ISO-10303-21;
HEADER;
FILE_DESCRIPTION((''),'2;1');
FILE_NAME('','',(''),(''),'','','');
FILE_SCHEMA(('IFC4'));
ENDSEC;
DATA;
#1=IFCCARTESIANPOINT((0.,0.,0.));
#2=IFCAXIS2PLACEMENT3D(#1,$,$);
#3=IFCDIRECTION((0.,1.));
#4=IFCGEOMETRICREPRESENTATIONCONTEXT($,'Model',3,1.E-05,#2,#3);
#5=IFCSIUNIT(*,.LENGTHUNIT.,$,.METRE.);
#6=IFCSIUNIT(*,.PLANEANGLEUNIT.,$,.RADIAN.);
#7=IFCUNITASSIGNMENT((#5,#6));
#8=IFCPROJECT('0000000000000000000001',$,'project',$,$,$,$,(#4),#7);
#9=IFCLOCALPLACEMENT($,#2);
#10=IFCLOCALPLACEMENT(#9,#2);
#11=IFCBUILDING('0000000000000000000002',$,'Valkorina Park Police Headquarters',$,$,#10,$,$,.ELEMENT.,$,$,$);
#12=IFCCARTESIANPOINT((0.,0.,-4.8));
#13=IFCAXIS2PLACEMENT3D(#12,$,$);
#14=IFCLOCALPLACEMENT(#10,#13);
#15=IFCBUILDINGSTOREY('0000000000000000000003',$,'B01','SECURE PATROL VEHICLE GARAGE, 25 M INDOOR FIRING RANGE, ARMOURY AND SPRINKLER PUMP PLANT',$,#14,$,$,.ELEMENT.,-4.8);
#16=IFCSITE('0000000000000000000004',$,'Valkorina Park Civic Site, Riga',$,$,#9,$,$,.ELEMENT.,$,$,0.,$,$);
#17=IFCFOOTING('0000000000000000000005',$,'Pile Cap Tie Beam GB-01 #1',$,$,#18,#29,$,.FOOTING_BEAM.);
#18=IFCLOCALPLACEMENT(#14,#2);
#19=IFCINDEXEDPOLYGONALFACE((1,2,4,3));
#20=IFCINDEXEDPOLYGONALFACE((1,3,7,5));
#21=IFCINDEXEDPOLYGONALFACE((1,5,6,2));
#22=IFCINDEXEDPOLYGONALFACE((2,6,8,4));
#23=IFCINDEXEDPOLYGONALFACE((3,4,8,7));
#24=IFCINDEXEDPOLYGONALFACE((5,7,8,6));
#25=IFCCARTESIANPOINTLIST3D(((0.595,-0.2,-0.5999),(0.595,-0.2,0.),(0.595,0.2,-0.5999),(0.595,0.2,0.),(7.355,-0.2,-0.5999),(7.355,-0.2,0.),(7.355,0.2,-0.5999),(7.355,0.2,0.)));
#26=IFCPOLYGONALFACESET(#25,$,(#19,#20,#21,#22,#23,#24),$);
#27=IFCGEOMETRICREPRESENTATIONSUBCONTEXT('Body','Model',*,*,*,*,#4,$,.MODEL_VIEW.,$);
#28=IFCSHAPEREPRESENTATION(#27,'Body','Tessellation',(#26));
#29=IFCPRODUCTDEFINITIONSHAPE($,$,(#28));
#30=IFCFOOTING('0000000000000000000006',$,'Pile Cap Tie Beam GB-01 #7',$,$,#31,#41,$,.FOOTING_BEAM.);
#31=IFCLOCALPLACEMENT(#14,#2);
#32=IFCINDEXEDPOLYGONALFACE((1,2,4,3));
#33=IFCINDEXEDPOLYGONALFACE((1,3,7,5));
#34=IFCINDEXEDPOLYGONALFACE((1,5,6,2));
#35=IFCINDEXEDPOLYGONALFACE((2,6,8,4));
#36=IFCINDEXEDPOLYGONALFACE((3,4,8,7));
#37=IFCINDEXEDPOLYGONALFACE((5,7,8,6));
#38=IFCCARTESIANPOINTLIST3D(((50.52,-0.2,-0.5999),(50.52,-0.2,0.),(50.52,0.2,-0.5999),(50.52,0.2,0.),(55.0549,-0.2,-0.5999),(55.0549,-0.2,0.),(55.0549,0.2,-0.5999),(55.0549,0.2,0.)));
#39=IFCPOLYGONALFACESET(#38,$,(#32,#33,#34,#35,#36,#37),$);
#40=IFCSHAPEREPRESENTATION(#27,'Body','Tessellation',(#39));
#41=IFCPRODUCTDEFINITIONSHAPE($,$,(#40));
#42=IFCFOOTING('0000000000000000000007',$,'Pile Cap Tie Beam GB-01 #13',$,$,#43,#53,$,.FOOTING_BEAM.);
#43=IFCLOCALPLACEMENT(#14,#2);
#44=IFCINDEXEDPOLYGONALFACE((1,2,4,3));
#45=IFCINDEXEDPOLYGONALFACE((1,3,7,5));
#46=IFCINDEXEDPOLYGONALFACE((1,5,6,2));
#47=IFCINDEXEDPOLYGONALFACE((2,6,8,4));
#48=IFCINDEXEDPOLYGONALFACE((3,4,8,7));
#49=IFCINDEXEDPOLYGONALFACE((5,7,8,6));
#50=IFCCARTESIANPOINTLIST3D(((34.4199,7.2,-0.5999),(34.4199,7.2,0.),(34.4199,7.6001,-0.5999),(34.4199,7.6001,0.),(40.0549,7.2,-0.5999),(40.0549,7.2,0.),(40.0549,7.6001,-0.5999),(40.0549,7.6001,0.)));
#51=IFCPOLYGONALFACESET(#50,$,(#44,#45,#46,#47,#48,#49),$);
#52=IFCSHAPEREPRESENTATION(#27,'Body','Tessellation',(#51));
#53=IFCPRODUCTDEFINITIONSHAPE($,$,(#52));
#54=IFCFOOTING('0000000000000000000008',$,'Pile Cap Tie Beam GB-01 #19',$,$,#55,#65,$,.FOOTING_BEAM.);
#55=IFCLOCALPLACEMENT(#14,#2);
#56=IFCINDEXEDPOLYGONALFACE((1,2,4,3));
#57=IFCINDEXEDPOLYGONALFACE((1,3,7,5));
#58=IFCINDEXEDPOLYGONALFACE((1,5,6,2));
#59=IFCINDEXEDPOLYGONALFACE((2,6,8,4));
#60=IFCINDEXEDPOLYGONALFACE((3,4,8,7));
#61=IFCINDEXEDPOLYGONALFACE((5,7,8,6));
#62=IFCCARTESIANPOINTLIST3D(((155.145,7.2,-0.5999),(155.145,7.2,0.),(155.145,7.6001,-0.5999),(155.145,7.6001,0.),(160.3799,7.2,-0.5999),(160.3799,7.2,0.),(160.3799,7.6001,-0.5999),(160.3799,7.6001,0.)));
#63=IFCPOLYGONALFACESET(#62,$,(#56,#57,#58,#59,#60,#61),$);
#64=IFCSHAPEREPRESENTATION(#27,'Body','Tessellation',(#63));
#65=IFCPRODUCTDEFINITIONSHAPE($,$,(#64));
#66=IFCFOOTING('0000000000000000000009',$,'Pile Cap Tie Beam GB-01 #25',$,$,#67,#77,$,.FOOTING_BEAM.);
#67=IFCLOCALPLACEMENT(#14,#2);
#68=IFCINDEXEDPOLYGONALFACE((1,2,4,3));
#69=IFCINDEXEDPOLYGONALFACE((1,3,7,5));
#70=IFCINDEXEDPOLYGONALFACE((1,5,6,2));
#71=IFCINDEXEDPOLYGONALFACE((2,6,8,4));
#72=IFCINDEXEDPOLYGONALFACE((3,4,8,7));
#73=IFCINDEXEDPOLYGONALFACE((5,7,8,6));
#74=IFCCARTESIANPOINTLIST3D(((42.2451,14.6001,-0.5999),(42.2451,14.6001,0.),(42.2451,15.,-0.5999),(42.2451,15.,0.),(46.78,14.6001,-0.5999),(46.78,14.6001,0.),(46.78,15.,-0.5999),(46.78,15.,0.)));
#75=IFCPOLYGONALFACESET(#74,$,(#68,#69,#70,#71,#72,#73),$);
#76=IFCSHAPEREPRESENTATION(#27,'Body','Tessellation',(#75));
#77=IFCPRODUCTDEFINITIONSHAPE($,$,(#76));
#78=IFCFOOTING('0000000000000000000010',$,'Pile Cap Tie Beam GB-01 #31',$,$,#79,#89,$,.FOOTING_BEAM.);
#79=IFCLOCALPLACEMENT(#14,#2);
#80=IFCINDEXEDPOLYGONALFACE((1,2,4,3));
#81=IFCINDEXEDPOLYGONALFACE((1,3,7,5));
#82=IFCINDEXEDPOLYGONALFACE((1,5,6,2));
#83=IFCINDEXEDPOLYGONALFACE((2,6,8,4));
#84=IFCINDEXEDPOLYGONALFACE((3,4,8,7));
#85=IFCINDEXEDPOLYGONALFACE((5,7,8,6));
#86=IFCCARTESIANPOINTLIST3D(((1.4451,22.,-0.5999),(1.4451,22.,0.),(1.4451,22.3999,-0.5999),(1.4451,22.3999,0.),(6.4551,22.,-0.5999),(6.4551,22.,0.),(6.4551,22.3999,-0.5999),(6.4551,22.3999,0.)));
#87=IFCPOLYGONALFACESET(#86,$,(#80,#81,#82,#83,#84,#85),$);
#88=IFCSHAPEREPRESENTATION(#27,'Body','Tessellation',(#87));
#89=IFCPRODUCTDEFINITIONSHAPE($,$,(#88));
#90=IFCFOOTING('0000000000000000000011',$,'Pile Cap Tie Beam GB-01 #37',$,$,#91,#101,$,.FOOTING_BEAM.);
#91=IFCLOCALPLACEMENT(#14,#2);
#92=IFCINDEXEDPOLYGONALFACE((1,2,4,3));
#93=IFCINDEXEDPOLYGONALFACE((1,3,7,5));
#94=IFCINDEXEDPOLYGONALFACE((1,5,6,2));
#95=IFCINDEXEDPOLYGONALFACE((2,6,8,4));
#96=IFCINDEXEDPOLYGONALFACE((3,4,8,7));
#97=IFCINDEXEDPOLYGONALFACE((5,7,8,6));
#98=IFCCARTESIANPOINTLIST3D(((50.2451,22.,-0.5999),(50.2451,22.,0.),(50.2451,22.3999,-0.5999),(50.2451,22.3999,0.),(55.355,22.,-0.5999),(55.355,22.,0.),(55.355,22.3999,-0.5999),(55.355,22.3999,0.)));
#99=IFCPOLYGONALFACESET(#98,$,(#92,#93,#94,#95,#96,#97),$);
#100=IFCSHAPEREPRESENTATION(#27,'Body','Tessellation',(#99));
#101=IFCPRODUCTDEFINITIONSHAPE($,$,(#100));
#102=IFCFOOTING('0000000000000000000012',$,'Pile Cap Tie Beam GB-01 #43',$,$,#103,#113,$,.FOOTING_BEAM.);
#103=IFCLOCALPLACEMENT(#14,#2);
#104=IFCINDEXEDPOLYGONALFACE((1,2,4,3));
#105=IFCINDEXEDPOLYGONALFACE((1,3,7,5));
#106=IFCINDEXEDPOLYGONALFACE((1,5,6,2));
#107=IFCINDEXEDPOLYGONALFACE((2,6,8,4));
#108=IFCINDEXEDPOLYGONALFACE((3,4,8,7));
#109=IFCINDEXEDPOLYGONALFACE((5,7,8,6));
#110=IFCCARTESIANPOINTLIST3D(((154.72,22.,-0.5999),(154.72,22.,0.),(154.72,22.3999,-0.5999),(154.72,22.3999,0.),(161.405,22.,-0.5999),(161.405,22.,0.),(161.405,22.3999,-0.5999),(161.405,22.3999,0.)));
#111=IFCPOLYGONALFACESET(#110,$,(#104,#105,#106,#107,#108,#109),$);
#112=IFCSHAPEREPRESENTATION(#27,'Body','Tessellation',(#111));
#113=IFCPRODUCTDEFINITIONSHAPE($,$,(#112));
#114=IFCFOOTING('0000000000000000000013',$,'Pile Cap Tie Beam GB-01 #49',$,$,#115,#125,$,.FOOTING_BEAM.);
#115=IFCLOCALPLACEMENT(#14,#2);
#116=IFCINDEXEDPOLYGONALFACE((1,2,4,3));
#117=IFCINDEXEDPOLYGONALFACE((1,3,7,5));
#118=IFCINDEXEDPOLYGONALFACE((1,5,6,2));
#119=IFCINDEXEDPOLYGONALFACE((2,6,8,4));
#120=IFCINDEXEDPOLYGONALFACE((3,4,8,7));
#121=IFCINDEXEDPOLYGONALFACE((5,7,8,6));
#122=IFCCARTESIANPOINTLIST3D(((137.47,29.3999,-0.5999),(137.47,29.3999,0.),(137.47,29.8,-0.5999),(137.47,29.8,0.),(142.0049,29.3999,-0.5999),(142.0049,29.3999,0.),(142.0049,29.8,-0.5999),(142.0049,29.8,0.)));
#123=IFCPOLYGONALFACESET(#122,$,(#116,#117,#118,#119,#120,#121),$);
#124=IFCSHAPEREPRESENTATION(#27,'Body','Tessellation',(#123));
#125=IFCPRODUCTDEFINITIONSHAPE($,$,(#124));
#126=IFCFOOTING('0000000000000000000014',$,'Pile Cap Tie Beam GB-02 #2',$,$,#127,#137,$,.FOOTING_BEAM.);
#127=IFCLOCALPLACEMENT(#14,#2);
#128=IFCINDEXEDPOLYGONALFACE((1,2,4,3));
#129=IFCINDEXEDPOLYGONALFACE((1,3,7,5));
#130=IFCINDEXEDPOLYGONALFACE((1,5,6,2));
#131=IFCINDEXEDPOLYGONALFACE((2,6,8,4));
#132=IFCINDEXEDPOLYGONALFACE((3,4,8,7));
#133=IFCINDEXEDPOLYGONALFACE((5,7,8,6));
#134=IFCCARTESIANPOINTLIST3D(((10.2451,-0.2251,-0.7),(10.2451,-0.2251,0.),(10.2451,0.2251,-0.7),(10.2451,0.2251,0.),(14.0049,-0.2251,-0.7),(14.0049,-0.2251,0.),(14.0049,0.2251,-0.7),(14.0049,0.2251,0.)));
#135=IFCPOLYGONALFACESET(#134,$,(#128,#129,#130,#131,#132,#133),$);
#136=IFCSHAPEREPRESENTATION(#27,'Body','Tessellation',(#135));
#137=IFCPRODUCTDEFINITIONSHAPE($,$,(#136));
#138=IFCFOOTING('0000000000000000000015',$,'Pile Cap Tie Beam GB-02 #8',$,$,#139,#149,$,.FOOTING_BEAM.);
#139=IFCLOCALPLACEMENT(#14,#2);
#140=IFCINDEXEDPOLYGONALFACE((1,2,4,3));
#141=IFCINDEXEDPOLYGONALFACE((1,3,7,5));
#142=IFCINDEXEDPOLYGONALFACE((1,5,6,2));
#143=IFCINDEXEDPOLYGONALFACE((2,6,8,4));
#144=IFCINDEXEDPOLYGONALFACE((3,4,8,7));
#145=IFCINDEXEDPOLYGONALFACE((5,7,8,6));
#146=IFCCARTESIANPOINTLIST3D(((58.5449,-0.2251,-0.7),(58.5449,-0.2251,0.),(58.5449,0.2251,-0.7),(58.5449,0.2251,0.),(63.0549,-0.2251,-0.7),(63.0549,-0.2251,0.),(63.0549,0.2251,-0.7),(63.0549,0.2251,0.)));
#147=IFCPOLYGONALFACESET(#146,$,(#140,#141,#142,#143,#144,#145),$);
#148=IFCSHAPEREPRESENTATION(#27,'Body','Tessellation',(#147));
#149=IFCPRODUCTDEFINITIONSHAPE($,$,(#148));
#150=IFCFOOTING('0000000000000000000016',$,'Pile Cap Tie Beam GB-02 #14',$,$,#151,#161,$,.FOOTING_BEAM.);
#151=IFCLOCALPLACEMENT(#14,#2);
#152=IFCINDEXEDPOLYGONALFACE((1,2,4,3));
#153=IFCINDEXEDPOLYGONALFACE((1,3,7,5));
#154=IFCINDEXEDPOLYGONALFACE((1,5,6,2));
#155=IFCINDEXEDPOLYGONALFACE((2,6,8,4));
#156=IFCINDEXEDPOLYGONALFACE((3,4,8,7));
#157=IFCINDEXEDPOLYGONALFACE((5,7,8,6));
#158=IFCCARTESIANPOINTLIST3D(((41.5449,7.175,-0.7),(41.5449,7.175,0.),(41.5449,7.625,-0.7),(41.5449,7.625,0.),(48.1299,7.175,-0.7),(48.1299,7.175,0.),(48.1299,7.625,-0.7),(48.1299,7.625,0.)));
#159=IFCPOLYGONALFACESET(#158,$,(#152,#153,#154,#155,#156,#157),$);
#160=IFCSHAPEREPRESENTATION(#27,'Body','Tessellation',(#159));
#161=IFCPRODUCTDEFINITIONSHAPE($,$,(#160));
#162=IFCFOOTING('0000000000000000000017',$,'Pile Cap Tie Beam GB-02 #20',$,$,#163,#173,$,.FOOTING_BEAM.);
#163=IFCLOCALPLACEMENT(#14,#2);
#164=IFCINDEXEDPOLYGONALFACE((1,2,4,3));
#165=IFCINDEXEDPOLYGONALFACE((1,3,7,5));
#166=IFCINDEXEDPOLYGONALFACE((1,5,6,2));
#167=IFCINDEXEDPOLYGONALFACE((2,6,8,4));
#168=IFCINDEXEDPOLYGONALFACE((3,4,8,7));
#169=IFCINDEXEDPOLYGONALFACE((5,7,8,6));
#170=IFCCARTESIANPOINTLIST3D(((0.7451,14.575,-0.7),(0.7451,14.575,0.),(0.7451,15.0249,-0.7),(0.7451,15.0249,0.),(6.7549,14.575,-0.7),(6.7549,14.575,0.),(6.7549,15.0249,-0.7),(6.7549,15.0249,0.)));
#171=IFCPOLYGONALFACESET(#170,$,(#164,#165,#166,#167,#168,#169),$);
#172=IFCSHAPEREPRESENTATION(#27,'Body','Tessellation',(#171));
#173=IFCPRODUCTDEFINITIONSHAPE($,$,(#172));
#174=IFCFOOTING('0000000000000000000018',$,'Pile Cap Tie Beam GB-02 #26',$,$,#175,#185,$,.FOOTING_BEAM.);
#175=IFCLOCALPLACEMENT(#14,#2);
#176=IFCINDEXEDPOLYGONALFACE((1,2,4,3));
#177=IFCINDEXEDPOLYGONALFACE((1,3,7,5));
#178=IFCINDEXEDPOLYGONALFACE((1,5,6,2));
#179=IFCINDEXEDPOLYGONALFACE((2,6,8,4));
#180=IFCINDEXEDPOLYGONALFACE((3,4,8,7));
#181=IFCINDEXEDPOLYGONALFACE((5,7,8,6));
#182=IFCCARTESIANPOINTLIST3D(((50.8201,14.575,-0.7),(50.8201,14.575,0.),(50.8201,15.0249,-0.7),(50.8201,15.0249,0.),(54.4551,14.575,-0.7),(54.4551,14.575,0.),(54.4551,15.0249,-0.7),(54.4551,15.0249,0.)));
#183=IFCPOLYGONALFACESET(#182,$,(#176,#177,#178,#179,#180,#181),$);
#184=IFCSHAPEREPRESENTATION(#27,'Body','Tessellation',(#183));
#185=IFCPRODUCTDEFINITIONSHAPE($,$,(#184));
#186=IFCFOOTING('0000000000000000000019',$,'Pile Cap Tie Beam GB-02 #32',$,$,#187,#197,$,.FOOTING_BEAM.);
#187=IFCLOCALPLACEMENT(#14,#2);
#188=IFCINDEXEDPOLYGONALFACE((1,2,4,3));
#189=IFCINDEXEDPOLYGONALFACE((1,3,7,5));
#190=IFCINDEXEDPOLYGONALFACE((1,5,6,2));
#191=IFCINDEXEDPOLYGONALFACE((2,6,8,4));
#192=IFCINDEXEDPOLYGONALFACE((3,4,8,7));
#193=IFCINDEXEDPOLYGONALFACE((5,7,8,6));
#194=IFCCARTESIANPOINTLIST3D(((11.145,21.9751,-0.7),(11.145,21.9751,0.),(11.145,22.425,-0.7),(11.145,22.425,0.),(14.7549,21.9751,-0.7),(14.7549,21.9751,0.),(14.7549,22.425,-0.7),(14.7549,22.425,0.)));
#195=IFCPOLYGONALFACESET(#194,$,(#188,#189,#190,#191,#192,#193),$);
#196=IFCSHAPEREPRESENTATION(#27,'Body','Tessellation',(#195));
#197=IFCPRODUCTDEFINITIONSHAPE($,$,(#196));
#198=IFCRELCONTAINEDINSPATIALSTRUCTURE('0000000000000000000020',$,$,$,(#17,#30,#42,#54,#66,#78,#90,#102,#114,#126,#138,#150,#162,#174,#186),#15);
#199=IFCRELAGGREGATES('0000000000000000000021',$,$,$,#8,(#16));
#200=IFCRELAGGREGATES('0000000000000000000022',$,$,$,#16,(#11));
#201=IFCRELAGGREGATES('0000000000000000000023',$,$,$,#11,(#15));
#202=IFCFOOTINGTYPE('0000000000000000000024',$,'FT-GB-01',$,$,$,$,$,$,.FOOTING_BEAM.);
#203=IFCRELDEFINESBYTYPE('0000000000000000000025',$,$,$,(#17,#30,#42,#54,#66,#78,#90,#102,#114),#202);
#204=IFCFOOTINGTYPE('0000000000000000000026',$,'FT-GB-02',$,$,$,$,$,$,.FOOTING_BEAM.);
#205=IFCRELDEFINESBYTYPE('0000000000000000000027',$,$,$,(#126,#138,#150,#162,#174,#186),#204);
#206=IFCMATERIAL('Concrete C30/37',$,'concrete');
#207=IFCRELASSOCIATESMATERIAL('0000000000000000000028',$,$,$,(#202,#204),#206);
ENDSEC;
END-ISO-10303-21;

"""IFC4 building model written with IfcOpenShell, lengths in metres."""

from ifc_helpers import new_model, si_unit, direction, frame, origin, origin_2d, place, context, subcontext, project, spatial, polyline, rectangle, outline, extrude, material, material_profile, profile_set, type_object, element, save


model = new_model("IFC4")

# Units and contexts
model_context = context("Model", 3, precision=1e-05, world=origin(), true_north=direction((0.0, 1.0)))
body_context = subcontext(model_context, "Body", "Model", "MODEL_VIEW")
ifc_project = project(units=[si_unit("LENGTHUNIT", "METRE"), si_unit("PLANEANGLEUNIT", "RADIAN")], contexts=[model_context])

# Site, building, storey
site_placement = place(None, origin())
site = spatial("IfcSite", under=ifc_project, at=site_placement, Name="Valkorina Park Civic Site, Riga", CompositionType="ELEMENT", RefElevation=0.0)
building_placement = place(site_placement, origin())
building = spatial("IfcBuilding", under=site, at=building_placement, Name="Valkorina Park Police Headquarters", CompositionType="ELEMENT")
storey_placement = place(building_placement, frame((0.0, 0.0, -4.8)))
storey = spatial("IfcBuildingStorey", under=building, at=storey_placement, Name="B01", Description="SECURE PATROL VEHICLE GARAGE, 25 M INDOOR FIRING RANGE, ARMOURY AND SPRINKLER PUMP PLANT", CompositionType="ELEMENT", Elevation=-4.8)

# Footings
ifc_material_1 = material(Name="Concrete C30/37", Category="concrete")
ifc_material_profile_1 = material_profile(ifc_material_1, rectangle(XDim=0.3999, YDim=0.6001, at=origin_2d()), Name="GB 400x600")
ifc_profile_set_1 = profile_set([ifc_material_profile_1], Name="Concrete C30/37")
footing_type_1 = type_object("IfcFootingType", Name="FT-GB-01", PredefinedType="FOOTING_BEAM", material=ifc_profile_set_1)
footing_1_placement = place(storey_placement, frame((0.0, 0.0, -0.5999)))
element("IfcFooting", 1, at=footing_1_placement, inside=storey, type_object=footing_type_1, Name="Pile Cap Tie Beam GB-01 #1", PredefinedType="FOOTING_BEAM", context=body_context, shape_type="SweptSolid", body=[
    extrude(outline(polyline([(7.355, -0.2), (7.355, 0.2), (0.595, 0.2), (0.595, -0.2), (7.355, -0.2)])), origin(), (0.0, 0.0, 1.0), 0.5999),
])
footing_2_placement = place(storey_placement, frame((0.0, 0.0, -0.5999)))
element("IfcFooting", 2, at=footing_2_placement, inside=storey, type_object=footing_type_1, Name="Pile Cap Tie Beam GB-01 #7", PredefinedType="FOOTING_BEAM", context=body_context, shape_type="SweptSolid", body=[
    extrude(outline(polyline([(55.0549, -0.2), (55.0549, 0.2), (50.52, 0.2), (50.52, -0.2), (55.0549, -0.2)])), origin(), (0.0, 0.0, 1.0), 0.5999),
])
footing_3_placement = place(storey_placement, frame((0.0, 0.0, -0.5999)))
element("IfcFooting", 3, at=footing_3_placement, inside=storey, type_object=footing_type_1, Name="Pile Cap Tie Beam GB-01 #13", PredefinedType="FOOTING_BEAM", context=body_context, shape_type="SweptSolid", body=[
    extrude(outline(polyline([(40.0549, 7.2), (40.0549, 7.6001), (34.4199, 7.6001), (34.4199, 7.2), (40.0549, 7.2)])), origin(), (0.0, 0.0, 1.0), 0.5999),
])
footing_4_placement = place(storey_placement, frame((0.0, 0.0, -0.5999)))
element("IfcFooting", 4, at=footing_4_placement, inside=storey, type_object=footing_type_1, Name="Pile Cap Tie Beam GB-01 #19", PredefinedType="FOOTING_BEAM", context=body_context, shape_type="SweptSolid", body=[
    extrude(outline(polyline([(160.3799, 7.2), (160.3799, 7.6001), (155.145, 7.6001), (155.145, 7.2), (160.3799, 7.2)])), origin(), (0.0, 0.0, 1.0), 0.5999),
])
footing_5_placement = place(storey_placement, frame((0.0, 0.0, -0.5999)))
element("IfcFooting", 5, at=footing_5_placement, inside=storey, type_object=footing_type_1, Name="Pile Cap Tie Beam GB-01 #25", PredefinedType="FOOTING_BEAM", context=body_context, shape_type="SweptSolid", body=[
    extrude(outline(polyline([(46.78, 14.6001), (46.78, 15.0), (42.2451, 15.0), (42.2451, 14.6001), (46.78, 14.6001)])), origin(), (0.0, 0.0, 1.0), 0.5999),
])
footing_6_placement = place(storey_placement, frame((0.0, 0.0, -0.5999)))
element("IfcFooting", 6, at=footing_6_placement, inside=storey, type_object=footing_type_1, Name="Pile Cap Tie Beam GB-01 #31", PredefinedType="FOOTING_BEAM", context=body_context, shape_type="SweptSolid", body=[
    extrude(outline(polyline([(6.4551, 22.0), (6.4551, 22.3999), (1.4451, 22.3999), (1.4451, 22.0), (6.4551, 22.0)])), origin(), (0.0, 0.0, 1.0), 0.5999),
])
footing_7_placement = place(storey_placement, frame((0.0, 0.0, -0.5999)))
element("IfcFooting", 7, at=footing_7_placement, inside=storey, type_object=footing_type_1, Name="Pile Cap Tie Beam GB-01 #37", PredefinedType="FOOTING_BEAM", context=body_context, shape_type="SweptSolid", body=[
    extrude(outline(polyline([(55.355, 22.0), (55.355, 22.3999), (50.2451, 22.3999), (50.2451, 22.0), (55.355, 22.0)])), origin(), (0.0, 0.0, 1.0), 0.5999),
])
footing_8_placement = place(storey_placement, frame((0.0, 0.0, -0.5999)))
element("IfcFooting", 8, at=footing_8_placement, inside=storey, type_object=footing_type_1, Name="Pile Cap Tie Beam GB-01 #43", PredefinedType="FOOTING_BEAM", context=body_context, shape_type="SweptSolid", body=[
    extrude(outline(polyline([(161.405, 22.0), (161.405, 22.3999), (154.72, 22.3999), (154.72, 22.0), (161.405, 22.0)])), origin(), (0.0, 0.0, 1.0), 0.5999),
])
footing_9_placement = place(storey_placement, frame((0.0, 0.0, -0.5999)))
element("IfcFooting", 9, at=footing_9_placement, inside=storey, type_object=footing_type_1, Name="Pile Cap Tie Beam GB-01 #49", PredefinedType="FOOTING_BEAM", context=body_context, shape_type="SweptSolid", body=[
    extrude(outline(polyline([(142.0049, 29.3999), (142.0049, 29.8), (137.47, 29.8), (137.47, 29.3999), (142.0049, 29.3999)])), origin(), (0.0, 0.0, 1.0), 0.5999),
])
ifc_material_profile_2 = material_profile(ifc_material_1, rectangle(XDim=0.45, YDim=0.7, at=origin_2d()), Name="GB 450x700")
ifc_profile_set_2 = profile_set([ifc_material_profile_2], Name="Concrete C30/37")
footing_type_2 = type_object("IfcFootingType", Name="FT-GB-02", PredefinedType="FOOTING_BEAM", material=ifc_profile_set_2)
footing_10_placement = place(storey_placement, frame((0.0, 0.0, -0.7)))
element("IfcFooting", 10, at=footing_10_placement, inside=storey, type_object=footing_type_2, Name="Pile Cap Tie Beam GB-02 #2", PredefinedType="FOOTING_BEAM", context=body_context, shape_type="SweptSolid", body=[
    extrude(outline(polyline([(14.0049, -0.2251), (14.0049, 0.2251), (10.2451, 0.2251), (10.2451, -0.2251), (14.0049, -0.2251)])), origin(), (0.0, 0.0, 1.0), 0.7),
])
footing_11_placement = place(storey_placement, frame((0.0, 0.0, -0.7)))
element("IfcFooting", 11, at=footing_11_placement, inside=storey, type_object=footing_type_2, Name="Pile Cap Tie Beam GB-02 #8", PredefinedType="FOOTING_BEAM", context=body_context, shape_type="SweptSolid", body=[
    extrude(outline(polyline([(63.0549, -0.2251), (63.0549, 0.2251), (58.5449, 0.2251), (58.5449, -0.2251), (63.0549, -0.2251)])), origin(), (0.0, 0.0, 1.0), 0.7),
])
footing_12_placement = place(storey_placement, frame((0.0, 0.0, -0.7)))
element("IfcFooting", 12, at=footing_12_placement, inside=storey, type_object=footing_type_2, Name="Pile Cap Tie Beam GB-02 #14", PredefinedType="FOOTING_BEAM", context=body_context, shape_type="SweptSolid", body=[
    extrude(outline(polyline([(48.1299, 7.175), (48.1299, 7.625), (41.5449, 7.625), (41.5449, 7.175), (48.1299, 7.175)])), origin(), (0.0, 0.0, 1.0), 0.7),
])
footing_13_placement = place(storey_placement, frame((0.0, 0.0, -0.7)))
element("IfcFooting", 13, at=footing_13_placement, inside=storey, type_object=footing_type_2, Name="Pile Cap Tie Beam GB-02 #20", PredefinedType="FOOTING_BEAM", context=body_context, shape_type="SweptSolid", body=[
    extrude(outline(polyline([(6.7549, 14.575), (6.7549, 15.0249), (0.7451, 15.0249), (0.7451, 14.575), (6.7549, 14.575)])), origin(), (0.0, 0.0, 1.0), 0.7),
])
footing_14_placement = place(storey_placement, frame((0.0, 0.0, -0.7)))
element("IfcFooting", 14, at=footing_14_placement, inside=storey, type_object=footing_type_2, Name="Pile Cap Tie Beam GB-02 #26", PredefinedType="FOOTING_BEAM", context=body_context, shape_type="SweptSolid", body=[
    extrude(outline(polyline([(54.4551, 14.575), (54.4551, 15.0249), (50.8201, 15.0249), (50.8201, 14.575), (54.4551, 14.575)])), origin(), (0.0, 0.0, 1.0), 0.7),
])
footing_15_placement = place(storey_placement, frame((0.0, 0.0, -0.7)))
element("IfcFooting", 15, at=footing_15_placement, inside=storey, type_object=footing_type_2, Name="Pile Cap Tie Beam GB-02 #32", PredefinedType="FOOTING_BEAM", context=body_context, shape_type="SweptSolid", body=[
    extrude(outline(polyline([(14.7549, 21.9751), (14.7549, 22.425), (11.145, 22.425), (11.145, 21.9751), (14.7549, 21.9751)])), origin(), (0.0, 0.0, 1.0), 0.7),
])

save(model, "model.ifc")
